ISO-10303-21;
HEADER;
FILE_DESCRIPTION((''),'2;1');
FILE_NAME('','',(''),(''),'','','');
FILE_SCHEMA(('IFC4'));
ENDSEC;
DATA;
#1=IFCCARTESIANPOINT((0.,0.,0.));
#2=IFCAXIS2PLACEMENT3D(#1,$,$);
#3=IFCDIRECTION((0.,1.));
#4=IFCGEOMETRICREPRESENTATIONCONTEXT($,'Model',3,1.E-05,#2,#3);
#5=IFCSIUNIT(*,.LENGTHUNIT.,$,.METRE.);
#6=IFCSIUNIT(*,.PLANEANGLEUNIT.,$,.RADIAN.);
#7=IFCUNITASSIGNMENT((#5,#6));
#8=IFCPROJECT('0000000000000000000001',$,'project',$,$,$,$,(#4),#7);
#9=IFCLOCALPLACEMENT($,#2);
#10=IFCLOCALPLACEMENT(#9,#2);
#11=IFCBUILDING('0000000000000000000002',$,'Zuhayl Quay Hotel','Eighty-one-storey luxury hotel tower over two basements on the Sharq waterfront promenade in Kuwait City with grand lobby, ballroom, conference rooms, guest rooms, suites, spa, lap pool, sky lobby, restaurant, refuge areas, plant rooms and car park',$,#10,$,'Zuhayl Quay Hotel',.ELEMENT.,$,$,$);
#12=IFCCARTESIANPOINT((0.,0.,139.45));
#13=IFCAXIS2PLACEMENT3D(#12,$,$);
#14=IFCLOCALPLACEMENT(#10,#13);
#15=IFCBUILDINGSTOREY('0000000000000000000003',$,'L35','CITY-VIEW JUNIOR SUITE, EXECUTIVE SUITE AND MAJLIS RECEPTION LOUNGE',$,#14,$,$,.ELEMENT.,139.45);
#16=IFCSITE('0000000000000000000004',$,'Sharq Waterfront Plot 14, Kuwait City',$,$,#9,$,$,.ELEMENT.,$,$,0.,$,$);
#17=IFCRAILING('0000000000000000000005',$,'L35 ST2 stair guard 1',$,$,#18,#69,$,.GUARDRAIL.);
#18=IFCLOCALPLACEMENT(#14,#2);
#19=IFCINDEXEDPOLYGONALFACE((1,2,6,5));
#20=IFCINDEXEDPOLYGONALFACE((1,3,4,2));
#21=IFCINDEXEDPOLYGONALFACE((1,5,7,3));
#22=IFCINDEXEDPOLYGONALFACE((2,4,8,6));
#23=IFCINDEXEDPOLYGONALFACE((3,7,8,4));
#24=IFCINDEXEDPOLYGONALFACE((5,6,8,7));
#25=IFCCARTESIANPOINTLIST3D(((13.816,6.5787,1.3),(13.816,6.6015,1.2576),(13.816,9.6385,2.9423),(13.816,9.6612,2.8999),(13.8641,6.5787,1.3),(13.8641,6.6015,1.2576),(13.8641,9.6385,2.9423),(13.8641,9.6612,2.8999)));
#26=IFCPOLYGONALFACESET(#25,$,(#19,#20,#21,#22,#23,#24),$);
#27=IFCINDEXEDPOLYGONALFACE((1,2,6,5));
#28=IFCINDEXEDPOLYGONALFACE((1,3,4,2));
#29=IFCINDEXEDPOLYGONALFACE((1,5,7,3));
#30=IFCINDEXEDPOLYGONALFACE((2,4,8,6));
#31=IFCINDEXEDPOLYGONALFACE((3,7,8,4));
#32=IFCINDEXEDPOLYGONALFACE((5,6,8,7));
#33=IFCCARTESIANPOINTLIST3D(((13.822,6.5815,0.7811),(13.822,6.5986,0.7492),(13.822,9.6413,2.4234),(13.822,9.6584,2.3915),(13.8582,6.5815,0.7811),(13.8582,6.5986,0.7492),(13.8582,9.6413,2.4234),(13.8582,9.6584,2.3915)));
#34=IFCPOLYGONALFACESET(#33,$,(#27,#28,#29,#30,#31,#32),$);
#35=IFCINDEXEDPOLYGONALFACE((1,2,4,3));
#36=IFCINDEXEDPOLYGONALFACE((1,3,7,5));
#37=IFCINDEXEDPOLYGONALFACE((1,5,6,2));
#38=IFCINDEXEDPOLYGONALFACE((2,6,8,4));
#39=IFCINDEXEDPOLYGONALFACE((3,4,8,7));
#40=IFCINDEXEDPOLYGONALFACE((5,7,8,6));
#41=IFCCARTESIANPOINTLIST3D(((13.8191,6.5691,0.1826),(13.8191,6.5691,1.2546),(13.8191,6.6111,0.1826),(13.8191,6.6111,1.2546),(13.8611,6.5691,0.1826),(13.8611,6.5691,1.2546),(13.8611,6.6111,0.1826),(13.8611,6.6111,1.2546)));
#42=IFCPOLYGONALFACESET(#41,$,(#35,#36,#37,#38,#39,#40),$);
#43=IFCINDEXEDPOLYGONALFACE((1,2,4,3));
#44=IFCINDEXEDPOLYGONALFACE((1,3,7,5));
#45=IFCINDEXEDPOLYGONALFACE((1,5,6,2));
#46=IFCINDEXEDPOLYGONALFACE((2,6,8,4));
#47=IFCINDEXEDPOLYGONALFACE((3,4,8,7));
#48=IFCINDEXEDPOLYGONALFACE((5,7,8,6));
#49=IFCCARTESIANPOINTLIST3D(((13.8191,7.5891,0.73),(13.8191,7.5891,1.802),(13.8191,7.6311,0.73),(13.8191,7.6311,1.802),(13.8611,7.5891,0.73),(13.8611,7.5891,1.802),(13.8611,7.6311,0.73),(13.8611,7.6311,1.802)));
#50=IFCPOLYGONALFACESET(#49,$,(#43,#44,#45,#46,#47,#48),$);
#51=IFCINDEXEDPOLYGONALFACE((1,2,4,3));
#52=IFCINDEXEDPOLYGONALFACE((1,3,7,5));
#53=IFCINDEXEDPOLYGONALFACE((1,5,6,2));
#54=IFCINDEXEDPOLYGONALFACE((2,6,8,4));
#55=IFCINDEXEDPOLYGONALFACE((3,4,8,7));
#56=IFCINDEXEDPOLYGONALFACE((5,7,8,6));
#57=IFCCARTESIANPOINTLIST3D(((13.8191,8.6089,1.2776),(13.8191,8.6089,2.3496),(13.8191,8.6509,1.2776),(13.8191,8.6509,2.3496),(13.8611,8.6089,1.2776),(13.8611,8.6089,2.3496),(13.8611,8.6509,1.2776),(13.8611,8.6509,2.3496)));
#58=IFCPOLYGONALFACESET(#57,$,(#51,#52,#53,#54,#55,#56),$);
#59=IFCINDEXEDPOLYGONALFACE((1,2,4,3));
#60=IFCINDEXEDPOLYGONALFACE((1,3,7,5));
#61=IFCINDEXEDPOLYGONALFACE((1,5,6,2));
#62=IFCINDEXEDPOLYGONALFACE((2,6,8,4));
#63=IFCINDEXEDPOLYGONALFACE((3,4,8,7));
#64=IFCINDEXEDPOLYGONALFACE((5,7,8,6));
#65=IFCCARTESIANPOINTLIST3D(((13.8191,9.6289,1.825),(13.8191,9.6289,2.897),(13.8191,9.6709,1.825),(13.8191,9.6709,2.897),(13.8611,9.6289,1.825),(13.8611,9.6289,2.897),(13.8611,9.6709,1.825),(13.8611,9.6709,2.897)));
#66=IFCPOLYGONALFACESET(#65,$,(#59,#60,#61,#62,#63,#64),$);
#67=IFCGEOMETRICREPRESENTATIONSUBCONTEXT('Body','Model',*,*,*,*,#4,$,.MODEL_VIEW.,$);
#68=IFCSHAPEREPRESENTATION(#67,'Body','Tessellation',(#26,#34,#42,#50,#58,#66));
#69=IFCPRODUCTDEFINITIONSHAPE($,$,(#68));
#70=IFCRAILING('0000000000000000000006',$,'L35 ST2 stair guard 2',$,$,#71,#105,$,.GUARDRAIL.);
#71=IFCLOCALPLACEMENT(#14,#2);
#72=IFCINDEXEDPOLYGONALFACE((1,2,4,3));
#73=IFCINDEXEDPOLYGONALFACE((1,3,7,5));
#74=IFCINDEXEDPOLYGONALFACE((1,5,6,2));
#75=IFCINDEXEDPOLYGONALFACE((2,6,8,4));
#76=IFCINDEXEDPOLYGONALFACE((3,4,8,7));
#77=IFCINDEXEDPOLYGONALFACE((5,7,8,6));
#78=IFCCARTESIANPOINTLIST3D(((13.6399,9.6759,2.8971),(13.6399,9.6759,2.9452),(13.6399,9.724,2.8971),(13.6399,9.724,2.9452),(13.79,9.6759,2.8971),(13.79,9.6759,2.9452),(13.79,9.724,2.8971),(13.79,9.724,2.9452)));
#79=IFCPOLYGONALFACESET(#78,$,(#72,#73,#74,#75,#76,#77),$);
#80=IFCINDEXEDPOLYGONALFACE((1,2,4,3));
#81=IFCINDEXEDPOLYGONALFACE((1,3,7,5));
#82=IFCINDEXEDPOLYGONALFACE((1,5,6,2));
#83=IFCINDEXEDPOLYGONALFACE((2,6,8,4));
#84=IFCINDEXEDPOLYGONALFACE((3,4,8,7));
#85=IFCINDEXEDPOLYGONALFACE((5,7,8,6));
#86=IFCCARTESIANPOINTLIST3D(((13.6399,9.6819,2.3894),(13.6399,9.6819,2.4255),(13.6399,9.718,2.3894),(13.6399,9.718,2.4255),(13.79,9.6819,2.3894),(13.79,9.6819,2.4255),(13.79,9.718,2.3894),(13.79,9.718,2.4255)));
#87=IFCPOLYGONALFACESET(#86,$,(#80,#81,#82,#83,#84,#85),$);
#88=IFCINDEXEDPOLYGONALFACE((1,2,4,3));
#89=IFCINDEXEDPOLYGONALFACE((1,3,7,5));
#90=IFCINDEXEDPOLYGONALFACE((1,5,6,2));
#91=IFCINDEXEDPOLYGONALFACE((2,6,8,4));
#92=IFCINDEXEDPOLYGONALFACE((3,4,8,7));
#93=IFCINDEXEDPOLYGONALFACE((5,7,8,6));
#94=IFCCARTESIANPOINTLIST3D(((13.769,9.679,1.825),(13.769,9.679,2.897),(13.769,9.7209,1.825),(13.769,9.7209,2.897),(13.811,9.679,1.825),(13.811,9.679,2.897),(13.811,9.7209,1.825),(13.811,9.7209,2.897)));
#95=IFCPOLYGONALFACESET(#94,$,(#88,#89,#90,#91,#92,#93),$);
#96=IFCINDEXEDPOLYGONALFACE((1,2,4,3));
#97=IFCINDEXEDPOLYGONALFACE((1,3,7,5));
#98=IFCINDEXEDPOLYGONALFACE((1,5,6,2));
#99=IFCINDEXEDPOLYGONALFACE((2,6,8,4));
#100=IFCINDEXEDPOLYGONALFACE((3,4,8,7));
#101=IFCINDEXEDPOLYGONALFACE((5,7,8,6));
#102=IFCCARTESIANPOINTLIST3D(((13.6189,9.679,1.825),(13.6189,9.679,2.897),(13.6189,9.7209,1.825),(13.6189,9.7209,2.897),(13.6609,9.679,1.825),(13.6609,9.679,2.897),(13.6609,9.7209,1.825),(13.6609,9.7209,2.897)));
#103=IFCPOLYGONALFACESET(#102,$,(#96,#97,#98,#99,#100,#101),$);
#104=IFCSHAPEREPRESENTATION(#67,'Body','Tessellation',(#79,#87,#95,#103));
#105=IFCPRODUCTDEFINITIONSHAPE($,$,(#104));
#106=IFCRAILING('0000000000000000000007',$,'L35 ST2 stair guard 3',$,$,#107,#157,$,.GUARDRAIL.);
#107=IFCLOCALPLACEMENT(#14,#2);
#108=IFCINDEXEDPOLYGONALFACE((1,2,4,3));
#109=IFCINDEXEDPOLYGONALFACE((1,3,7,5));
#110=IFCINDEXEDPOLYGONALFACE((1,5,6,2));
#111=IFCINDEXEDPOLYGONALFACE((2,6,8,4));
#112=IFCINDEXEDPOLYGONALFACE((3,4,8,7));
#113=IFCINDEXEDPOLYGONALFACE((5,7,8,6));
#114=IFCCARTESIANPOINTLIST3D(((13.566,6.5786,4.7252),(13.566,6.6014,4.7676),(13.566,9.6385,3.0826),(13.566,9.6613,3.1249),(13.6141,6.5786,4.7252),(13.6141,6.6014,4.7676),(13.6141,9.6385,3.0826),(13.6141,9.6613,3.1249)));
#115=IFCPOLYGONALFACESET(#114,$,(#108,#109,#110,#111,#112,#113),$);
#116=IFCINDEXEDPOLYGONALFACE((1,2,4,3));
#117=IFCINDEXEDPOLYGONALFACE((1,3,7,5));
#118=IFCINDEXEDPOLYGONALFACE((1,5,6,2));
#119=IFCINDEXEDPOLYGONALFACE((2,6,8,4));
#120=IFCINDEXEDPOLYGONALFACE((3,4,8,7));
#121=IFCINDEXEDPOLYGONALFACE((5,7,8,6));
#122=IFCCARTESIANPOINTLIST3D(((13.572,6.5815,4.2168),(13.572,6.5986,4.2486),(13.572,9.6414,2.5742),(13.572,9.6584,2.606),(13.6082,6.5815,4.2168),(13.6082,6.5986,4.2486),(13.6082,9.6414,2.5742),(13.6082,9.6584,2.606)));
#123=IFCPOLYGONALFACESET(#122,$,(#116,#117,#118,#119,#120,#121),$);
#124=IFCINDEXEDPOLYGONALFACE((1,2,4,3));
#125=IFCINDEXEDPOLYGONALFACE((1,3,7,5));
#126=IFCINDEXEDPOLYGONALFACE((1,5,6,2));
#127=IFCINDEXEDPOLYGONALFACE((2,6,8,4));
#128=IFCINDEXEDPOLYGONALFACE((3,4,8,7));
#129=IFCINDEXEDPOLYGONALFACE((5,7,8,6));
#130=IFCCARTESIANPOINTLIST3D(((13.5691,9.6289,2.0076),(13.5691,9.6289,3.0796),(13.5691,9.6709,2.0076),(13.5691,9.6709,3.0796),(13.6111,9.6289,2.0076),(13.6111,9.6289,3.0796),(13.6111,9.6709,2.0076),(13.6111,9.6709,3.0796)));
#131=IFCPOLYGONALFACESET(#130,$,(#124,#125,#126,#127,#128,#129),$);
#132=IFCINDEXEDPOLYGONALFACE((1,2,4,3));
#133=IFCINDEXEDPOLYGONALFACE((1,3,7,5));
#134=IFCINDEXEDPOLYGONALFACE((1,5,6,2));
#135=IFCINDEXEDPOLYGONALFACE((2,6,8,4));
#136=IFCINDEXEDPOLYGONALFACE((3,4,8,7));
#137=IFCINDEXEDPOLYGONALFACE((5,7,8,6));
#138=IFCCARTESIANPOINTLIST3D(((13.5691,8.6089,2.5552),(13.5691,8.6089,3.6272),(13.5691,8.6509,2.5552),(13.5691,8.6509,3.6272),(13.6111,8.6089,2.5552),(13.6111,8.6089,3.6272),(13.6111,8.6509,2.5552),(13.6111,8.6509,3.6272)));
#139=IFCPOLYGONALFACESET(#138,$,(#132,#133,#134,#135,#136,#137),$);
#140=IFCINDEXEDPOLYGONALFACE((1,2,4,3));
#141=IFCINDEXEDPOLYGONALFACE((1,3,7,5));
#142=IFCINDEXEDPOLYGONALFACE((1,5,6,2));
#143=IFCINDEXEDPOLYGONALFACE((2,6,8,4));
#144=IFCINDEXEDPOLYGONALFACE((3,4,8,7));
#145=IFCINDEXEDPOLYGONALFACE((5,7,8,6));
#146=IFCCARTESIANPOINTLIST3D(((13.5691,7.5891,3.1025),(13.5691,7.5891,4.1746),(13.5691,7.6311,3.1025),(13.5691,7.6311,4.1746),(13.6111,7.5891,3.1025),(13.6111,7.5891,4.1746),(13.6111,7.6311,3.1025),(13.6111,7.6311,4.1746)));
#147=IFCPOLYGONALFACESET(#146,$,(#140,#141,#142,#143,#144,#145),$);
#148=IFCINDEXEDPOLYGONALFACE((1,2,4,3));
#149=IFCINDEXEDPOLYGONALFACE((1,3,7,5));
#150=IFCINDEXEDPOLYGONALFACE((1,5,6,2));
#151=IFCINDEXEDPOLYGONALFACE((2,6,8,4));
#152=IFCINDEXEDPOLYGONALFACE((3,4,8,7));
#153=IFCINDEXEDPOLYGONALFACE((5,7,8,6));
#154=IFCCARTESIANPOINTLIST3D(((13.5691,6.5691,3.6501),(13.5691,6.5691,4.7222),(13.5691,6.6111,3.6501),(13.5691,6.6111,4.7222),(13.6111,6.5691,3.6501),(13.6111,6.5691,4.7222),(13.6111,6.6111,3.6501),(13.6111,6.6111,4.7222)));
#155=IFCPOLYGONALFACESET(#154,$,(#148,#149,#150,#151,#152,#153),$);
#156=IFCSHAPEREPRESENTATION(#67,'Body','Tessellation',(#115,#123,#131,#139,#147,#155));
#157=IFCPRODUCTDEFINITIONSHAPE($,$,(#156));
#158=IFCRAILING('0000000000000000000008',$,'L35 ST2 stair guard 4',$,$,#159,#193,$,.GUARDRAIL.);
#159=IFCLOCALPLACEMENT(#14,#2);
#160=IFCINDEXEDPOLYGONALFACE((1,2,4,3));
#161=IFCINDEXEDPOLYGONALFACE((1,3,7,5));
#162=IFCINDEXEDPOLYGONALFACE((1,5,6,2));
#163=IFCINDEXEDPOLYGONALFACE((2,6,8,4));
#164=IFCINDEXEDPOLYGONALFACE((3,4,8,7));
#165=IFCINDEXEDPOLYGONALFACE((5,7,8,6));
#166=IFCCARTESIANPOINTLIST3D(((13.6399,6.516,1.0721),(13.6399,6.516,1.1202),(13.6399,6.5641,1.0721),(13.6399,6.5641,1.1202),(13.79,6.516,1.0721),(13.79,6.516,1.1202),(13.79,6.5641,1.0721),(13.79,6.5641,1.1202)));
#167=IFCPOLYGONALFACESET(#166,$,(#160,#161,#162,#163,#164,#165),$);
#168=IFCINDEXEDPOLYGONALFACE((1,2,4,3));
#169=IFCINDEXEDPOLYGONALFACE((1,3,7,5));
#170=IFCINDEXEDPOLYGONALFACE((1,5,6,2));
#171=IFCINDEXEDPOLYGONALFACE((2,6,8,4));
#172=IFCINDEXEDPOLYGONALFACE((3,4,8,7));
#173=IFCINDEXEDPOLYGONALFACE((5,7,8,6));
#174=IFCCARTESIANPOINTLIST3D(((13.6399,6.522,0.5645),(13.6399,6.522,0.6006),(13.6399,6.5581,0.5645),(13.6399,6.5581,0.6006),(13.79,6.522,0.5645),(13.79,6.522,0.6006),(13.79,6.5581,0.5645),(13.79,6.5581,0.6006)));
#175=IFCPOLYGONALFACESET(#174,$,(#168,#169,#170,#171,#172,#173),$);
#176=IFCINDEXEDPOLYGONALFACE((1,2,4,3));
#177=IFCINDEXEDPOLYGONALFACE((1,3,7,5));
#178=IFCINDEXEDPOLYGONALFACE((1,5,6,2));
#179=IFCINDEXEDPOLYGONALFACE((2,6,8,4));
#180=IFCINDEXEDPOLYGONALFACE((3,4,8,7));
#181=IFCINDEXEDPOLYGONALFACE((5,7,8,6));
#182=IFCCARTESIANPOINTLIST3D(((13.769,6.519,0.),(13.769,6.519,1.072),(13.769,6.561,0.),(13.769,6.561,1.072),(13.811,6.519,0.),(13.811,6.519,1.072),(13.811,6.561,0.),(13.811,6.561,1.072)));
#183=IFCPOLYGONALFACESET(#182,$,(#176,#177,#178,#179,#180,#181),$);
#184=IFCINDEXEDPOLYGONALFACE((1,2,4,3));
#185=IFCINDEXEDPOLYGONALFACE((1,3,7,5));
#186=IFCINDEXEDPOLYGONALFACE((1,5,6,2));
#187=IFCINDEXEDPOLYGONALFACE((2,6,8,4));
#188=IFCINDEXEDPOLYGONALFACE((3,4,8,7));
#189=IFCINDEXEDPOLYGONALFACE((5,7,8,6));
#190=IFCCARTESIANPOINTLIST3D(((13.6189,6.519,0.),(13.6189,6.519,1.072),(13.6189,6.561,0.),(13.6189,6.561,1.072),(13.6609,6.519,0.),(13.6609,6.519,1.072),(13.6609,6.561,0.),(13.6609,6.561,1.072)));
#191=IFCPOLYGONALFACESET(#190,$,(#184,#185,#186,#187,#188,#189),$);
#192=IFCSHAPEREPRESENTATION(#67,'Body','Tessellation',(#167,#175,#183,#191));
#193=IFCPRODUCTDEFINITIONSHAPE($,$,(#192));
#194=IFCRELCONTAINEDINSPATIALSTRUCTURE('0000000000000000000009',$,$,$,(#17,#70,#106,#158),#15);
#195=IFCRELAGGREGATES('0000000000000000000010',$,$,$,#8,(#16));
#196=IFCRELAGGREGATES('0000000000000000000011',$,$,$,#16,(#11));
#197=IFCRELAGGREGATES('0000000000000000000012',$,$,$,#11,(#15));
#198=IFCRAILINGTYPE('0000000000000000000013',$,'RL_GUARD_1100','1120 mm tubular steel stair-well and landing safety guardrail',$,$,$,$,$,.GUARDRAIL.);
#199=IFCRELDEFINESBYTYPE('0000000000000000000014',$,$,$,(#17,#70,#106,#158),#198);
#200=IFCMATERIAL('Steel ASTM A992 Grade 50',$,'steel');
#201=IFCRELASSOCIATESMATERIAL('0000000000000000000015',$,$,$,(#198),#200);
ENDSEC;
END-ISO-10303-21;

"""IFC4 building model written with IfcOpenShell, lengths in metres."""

from ifc_helpers import new_model, si_unit, direction, frame, origin, origin_2d, place, context, subcontext, project, spatial, rectangle, extrude, material, type_object, element, save


model = new_model("IFC4")

# Units and contexts
model_context = context("Model", 3, precision=1e-05, world=origin(), true_north=direction((0.0, 1.0)))
body_context = subcontext(model_context, "Body", "Model", "MODEL_VIEW")
ifc_project = project(units=[si_unit("LENGTHUNIT", "METRE"), si_unit("PLANEANGLEUNIT", "RADIAN")], contexts=[model_context])

# Site, building, storey
site_placement = place(None, origin())
site = spatial("IfcSite", under=ifc_project, at=site_placement, Name="Sharq Waterfront Plot 14, Kuwait City", CompositionType="ELEMENT", RefElevation=0.0)
building_placement = place(site_placement, origin())
building = spatial("IfcBuilding", under=site, at=building_placement, Name="Zuhayl Quay Hotel", Description="Eighty-one-storey luxury hotel tower over two basements on the Sharq waterfront promenade in Kuwait City with grand lobby, ballroom, conference rooms, guest rooms, suites, spa, lap pool, sky lobby, restaurant, refuge areas, plant rooms and car park", LongName="Zuhayl Quay Hotel", CompositionType="ELEMENT")
storey_placement = place(building_placement, frame((0.0, 0.0, 139.45)))
storey = spatial("IfcBuildingStorey", under=building, at=storey_placement, Name="L35", Description="CITY-VIEW JUNIOR SUITE, EXECUTIVE SUITE AND MAJLIS RECEPTION LOUNGE", CompositionType="ELEMENT", Elevation=139.45)

# Shared definitions
ifc_material_1 = material(Name="Steel ASTM A992 Grade 50", Category="steel")

# Railings
railing_type_1 = type_object("IfcRailingType", Name="RL_GUARD_1100", Description="1120 mm tubular steel stair-well and landing safety guardrail", PredefinedType="GUARDRAIL", material=ifc_material_1)
railing_1_placement = place(storey_placement, frame((13.8401, 6.5901, 0.1826)))
element("IfcRailing", 1, at=railing_1_placement, inside=storey, type_object=railing_type_1, Name="L35 ST2 stair guard 1", PredefinedType="GUARDRAIL", context=body_context, shape_type="SweptSolid", body=[
    extrude(rectangle(XDim=0.0481, YDim=0.0481, at=origin_2d()), frame((0.0, 0.0, 1.0962), z_axis=(0.0, 0.881102, 0.472926), x_axis=(-1.0, 0.0, 0.0)), (0.0, 0.0, 1.0), 3.4727),
    extrude(rectangle(XDim=0.0361, YDim=0.0361, at=origin_2d()), frame((0.0, 0.0, 0.5825), z_axis=(0.0, 0.881102, 0.472926), x_axis=(-1.0, 0.0, 0.0)), (0.0, 0.0, 1.0), 3.4727),
    extrude(rectangle(XDim=0.042, YDim=0.042, at=origin_2d()), origin(), (0.0, 0.0, 1.0), 1.072),
    extrude(rectangle(XDim=0.042, YDim=0.042, at=origin_2d()), frame((0.0, 1.02, 0.5474)), (0.0, 0.0, 1.0), 1.072),
    extrude(rectangle(XDim=0.042, YDim=0.042, at=origin_2d()), frame((0.0, 2.0398, 1.095)), (0.0, 0.0, 1.0), 1.072),
    extrude(rectangle(XDim=0.042, YDim=0.042, at=origin_2d()), frame((0.0, 3.0598, 1.6423)), (0.0, 0.0, 1.0), 1.072),
])
railing_2_placement = place(storey_placement, frame((13.79, 9.7, 1.825)))
element("IfcRailing", 2, at=railing_2_placement, inside=storey, type_object=railing_type_1, Name="L35 ST2 stair guard 2", PredefinedType="GUARDRAIL", context=body_context, shape_type="SweptSolid", body=[
    extrude(rectangle(XDim=0.0481, YDim=0.0481, at=origin_2d()), frame((0.0, 0.0, 1.0962), z_axis=(-1.0, 0.0, 0.0), x_axis=(0.0, -1.0, 0.0)), (0.0, 0.0, 1.0), 0.1501),
    extrude(rectangle(XDim=0.0361, YDim=0.0361, at=origin_2d()), frame((0.0, 0.0, 0.5825), z_axis=(-1.0, 0.0, 0.0), x_axis=(0.0, -1.0, 0.0)), (0.0, 0.0, 1.0), 0.1501),
    extrude(rectangle(XDim=0.042, YDim=0.042, at=origin_2d()), origin(), (0.0, 0.0, 1.0), 1.072),
    extrude(rectangle(XDim=0.042, YDim=0.042, at=origin_2d()), frame((-0.1501, 0.0, 0.0)), (0.0, 0.0, 1.0), 1.072),
])
railing_3_placement = place(storey_placement, frame((13.5901, 9.6499, 2.0076)))
element("IfcRailing", 3, at=railing_3_placement, inside=storey, type_object=railing_type_1, Name="L35 ST2 stair guard 3", PredefinedType="GUARDRAIL", context=body_context, shape_type="SweptSolid", body=[
    extrude(rectangle(XDim=0.0481, YDim=0.0481, at=origin_2d()), frame((0.0, 0.0, 1.0962), z_axis=(0.0, -0.881073, 0.47298), x_axis=(1.0, 0.0, 0.0)), (0.0, 0.0, 1.0), 3.4729),
    extrude(rectangle(XDim=0.0361, YDim=0.0361, at=origin_2d()), frame((0.0, 0.0, 0.5825), z_axis=(0.0, -0.881073, 0.47298), x_axis=(1.0, 0.0, 0.0)), (0.0, 0.0, 1.0), 3.4729),
    extrude(rectangle(XDim=0.042, YDim=0.042, at=origin_2d()), origin(), (0.0, 0.0, 1.0), 1.072),
    extrude(rectangle(XDim=0.042, YDim=0.042, at=origin_2d()), frame((0.0, -1.02, 0.5476)), (0.0, 0.0, 1.0), 1.072),
    extrude(rectangle(XDim=0.042, YDim=0.042, at=origin_2d()), frame((0.0, -2.0398, 1.095)), (0.0, 0.0, 1.0), 1.072),
    extrude(rectangle(XDim=0.042, YDim=0.042, at=origin_2d()), frame((0.0, -3.0598, 1.6426)), (0.0, 0.0, 1.0), 1.072),
])
railing_4_placement = place(storey_placement, frame((13.79, 6.54, 0.0)))
element("IfcRailing", 4, at=railing_4_placement, inside=storey, type_object=railing_type_1, Name="L35 ST2 stair guard 4", PredefinedType="GUARDRAIL", context=body_context, shape_type="SweptSolid", body=[
    extrude(rectangle(XDim=0.0481, YDim=0.0481, at=origin_2d()), frame((0.0, 0.0, 1.0962), z_axis=(-1.0, 0.0, 0.0), x_axis=(0.0, -1.0, 0.0)), (0.0, 0.0, 1.0), 0.1501),
    extrude(rectangle(XDim=0.0361, YDim=0.0361, at=origin_2d()), frame((0.0, 0.0, 0.5825), z_axis=(-1.0, 0.0, 0.0), x_axis=(0.0, -1.0, 0.0)), (0.0, 0.0, 1.0), 0.1501),
    extrude(rectangle(XDim=0.042, YDim=0.042, at=origin_2d()), origin(), (0.0, 0.0, 1.0), 1.072),
    extrude(rectangle(XDim=0.042, YDim=0.042, at=origin_2d()), frame((-0.1501, 0.0, 0.0)), (0.0, 0.0, 1.0), 1.072),
])

save(model, "model.ifc")
